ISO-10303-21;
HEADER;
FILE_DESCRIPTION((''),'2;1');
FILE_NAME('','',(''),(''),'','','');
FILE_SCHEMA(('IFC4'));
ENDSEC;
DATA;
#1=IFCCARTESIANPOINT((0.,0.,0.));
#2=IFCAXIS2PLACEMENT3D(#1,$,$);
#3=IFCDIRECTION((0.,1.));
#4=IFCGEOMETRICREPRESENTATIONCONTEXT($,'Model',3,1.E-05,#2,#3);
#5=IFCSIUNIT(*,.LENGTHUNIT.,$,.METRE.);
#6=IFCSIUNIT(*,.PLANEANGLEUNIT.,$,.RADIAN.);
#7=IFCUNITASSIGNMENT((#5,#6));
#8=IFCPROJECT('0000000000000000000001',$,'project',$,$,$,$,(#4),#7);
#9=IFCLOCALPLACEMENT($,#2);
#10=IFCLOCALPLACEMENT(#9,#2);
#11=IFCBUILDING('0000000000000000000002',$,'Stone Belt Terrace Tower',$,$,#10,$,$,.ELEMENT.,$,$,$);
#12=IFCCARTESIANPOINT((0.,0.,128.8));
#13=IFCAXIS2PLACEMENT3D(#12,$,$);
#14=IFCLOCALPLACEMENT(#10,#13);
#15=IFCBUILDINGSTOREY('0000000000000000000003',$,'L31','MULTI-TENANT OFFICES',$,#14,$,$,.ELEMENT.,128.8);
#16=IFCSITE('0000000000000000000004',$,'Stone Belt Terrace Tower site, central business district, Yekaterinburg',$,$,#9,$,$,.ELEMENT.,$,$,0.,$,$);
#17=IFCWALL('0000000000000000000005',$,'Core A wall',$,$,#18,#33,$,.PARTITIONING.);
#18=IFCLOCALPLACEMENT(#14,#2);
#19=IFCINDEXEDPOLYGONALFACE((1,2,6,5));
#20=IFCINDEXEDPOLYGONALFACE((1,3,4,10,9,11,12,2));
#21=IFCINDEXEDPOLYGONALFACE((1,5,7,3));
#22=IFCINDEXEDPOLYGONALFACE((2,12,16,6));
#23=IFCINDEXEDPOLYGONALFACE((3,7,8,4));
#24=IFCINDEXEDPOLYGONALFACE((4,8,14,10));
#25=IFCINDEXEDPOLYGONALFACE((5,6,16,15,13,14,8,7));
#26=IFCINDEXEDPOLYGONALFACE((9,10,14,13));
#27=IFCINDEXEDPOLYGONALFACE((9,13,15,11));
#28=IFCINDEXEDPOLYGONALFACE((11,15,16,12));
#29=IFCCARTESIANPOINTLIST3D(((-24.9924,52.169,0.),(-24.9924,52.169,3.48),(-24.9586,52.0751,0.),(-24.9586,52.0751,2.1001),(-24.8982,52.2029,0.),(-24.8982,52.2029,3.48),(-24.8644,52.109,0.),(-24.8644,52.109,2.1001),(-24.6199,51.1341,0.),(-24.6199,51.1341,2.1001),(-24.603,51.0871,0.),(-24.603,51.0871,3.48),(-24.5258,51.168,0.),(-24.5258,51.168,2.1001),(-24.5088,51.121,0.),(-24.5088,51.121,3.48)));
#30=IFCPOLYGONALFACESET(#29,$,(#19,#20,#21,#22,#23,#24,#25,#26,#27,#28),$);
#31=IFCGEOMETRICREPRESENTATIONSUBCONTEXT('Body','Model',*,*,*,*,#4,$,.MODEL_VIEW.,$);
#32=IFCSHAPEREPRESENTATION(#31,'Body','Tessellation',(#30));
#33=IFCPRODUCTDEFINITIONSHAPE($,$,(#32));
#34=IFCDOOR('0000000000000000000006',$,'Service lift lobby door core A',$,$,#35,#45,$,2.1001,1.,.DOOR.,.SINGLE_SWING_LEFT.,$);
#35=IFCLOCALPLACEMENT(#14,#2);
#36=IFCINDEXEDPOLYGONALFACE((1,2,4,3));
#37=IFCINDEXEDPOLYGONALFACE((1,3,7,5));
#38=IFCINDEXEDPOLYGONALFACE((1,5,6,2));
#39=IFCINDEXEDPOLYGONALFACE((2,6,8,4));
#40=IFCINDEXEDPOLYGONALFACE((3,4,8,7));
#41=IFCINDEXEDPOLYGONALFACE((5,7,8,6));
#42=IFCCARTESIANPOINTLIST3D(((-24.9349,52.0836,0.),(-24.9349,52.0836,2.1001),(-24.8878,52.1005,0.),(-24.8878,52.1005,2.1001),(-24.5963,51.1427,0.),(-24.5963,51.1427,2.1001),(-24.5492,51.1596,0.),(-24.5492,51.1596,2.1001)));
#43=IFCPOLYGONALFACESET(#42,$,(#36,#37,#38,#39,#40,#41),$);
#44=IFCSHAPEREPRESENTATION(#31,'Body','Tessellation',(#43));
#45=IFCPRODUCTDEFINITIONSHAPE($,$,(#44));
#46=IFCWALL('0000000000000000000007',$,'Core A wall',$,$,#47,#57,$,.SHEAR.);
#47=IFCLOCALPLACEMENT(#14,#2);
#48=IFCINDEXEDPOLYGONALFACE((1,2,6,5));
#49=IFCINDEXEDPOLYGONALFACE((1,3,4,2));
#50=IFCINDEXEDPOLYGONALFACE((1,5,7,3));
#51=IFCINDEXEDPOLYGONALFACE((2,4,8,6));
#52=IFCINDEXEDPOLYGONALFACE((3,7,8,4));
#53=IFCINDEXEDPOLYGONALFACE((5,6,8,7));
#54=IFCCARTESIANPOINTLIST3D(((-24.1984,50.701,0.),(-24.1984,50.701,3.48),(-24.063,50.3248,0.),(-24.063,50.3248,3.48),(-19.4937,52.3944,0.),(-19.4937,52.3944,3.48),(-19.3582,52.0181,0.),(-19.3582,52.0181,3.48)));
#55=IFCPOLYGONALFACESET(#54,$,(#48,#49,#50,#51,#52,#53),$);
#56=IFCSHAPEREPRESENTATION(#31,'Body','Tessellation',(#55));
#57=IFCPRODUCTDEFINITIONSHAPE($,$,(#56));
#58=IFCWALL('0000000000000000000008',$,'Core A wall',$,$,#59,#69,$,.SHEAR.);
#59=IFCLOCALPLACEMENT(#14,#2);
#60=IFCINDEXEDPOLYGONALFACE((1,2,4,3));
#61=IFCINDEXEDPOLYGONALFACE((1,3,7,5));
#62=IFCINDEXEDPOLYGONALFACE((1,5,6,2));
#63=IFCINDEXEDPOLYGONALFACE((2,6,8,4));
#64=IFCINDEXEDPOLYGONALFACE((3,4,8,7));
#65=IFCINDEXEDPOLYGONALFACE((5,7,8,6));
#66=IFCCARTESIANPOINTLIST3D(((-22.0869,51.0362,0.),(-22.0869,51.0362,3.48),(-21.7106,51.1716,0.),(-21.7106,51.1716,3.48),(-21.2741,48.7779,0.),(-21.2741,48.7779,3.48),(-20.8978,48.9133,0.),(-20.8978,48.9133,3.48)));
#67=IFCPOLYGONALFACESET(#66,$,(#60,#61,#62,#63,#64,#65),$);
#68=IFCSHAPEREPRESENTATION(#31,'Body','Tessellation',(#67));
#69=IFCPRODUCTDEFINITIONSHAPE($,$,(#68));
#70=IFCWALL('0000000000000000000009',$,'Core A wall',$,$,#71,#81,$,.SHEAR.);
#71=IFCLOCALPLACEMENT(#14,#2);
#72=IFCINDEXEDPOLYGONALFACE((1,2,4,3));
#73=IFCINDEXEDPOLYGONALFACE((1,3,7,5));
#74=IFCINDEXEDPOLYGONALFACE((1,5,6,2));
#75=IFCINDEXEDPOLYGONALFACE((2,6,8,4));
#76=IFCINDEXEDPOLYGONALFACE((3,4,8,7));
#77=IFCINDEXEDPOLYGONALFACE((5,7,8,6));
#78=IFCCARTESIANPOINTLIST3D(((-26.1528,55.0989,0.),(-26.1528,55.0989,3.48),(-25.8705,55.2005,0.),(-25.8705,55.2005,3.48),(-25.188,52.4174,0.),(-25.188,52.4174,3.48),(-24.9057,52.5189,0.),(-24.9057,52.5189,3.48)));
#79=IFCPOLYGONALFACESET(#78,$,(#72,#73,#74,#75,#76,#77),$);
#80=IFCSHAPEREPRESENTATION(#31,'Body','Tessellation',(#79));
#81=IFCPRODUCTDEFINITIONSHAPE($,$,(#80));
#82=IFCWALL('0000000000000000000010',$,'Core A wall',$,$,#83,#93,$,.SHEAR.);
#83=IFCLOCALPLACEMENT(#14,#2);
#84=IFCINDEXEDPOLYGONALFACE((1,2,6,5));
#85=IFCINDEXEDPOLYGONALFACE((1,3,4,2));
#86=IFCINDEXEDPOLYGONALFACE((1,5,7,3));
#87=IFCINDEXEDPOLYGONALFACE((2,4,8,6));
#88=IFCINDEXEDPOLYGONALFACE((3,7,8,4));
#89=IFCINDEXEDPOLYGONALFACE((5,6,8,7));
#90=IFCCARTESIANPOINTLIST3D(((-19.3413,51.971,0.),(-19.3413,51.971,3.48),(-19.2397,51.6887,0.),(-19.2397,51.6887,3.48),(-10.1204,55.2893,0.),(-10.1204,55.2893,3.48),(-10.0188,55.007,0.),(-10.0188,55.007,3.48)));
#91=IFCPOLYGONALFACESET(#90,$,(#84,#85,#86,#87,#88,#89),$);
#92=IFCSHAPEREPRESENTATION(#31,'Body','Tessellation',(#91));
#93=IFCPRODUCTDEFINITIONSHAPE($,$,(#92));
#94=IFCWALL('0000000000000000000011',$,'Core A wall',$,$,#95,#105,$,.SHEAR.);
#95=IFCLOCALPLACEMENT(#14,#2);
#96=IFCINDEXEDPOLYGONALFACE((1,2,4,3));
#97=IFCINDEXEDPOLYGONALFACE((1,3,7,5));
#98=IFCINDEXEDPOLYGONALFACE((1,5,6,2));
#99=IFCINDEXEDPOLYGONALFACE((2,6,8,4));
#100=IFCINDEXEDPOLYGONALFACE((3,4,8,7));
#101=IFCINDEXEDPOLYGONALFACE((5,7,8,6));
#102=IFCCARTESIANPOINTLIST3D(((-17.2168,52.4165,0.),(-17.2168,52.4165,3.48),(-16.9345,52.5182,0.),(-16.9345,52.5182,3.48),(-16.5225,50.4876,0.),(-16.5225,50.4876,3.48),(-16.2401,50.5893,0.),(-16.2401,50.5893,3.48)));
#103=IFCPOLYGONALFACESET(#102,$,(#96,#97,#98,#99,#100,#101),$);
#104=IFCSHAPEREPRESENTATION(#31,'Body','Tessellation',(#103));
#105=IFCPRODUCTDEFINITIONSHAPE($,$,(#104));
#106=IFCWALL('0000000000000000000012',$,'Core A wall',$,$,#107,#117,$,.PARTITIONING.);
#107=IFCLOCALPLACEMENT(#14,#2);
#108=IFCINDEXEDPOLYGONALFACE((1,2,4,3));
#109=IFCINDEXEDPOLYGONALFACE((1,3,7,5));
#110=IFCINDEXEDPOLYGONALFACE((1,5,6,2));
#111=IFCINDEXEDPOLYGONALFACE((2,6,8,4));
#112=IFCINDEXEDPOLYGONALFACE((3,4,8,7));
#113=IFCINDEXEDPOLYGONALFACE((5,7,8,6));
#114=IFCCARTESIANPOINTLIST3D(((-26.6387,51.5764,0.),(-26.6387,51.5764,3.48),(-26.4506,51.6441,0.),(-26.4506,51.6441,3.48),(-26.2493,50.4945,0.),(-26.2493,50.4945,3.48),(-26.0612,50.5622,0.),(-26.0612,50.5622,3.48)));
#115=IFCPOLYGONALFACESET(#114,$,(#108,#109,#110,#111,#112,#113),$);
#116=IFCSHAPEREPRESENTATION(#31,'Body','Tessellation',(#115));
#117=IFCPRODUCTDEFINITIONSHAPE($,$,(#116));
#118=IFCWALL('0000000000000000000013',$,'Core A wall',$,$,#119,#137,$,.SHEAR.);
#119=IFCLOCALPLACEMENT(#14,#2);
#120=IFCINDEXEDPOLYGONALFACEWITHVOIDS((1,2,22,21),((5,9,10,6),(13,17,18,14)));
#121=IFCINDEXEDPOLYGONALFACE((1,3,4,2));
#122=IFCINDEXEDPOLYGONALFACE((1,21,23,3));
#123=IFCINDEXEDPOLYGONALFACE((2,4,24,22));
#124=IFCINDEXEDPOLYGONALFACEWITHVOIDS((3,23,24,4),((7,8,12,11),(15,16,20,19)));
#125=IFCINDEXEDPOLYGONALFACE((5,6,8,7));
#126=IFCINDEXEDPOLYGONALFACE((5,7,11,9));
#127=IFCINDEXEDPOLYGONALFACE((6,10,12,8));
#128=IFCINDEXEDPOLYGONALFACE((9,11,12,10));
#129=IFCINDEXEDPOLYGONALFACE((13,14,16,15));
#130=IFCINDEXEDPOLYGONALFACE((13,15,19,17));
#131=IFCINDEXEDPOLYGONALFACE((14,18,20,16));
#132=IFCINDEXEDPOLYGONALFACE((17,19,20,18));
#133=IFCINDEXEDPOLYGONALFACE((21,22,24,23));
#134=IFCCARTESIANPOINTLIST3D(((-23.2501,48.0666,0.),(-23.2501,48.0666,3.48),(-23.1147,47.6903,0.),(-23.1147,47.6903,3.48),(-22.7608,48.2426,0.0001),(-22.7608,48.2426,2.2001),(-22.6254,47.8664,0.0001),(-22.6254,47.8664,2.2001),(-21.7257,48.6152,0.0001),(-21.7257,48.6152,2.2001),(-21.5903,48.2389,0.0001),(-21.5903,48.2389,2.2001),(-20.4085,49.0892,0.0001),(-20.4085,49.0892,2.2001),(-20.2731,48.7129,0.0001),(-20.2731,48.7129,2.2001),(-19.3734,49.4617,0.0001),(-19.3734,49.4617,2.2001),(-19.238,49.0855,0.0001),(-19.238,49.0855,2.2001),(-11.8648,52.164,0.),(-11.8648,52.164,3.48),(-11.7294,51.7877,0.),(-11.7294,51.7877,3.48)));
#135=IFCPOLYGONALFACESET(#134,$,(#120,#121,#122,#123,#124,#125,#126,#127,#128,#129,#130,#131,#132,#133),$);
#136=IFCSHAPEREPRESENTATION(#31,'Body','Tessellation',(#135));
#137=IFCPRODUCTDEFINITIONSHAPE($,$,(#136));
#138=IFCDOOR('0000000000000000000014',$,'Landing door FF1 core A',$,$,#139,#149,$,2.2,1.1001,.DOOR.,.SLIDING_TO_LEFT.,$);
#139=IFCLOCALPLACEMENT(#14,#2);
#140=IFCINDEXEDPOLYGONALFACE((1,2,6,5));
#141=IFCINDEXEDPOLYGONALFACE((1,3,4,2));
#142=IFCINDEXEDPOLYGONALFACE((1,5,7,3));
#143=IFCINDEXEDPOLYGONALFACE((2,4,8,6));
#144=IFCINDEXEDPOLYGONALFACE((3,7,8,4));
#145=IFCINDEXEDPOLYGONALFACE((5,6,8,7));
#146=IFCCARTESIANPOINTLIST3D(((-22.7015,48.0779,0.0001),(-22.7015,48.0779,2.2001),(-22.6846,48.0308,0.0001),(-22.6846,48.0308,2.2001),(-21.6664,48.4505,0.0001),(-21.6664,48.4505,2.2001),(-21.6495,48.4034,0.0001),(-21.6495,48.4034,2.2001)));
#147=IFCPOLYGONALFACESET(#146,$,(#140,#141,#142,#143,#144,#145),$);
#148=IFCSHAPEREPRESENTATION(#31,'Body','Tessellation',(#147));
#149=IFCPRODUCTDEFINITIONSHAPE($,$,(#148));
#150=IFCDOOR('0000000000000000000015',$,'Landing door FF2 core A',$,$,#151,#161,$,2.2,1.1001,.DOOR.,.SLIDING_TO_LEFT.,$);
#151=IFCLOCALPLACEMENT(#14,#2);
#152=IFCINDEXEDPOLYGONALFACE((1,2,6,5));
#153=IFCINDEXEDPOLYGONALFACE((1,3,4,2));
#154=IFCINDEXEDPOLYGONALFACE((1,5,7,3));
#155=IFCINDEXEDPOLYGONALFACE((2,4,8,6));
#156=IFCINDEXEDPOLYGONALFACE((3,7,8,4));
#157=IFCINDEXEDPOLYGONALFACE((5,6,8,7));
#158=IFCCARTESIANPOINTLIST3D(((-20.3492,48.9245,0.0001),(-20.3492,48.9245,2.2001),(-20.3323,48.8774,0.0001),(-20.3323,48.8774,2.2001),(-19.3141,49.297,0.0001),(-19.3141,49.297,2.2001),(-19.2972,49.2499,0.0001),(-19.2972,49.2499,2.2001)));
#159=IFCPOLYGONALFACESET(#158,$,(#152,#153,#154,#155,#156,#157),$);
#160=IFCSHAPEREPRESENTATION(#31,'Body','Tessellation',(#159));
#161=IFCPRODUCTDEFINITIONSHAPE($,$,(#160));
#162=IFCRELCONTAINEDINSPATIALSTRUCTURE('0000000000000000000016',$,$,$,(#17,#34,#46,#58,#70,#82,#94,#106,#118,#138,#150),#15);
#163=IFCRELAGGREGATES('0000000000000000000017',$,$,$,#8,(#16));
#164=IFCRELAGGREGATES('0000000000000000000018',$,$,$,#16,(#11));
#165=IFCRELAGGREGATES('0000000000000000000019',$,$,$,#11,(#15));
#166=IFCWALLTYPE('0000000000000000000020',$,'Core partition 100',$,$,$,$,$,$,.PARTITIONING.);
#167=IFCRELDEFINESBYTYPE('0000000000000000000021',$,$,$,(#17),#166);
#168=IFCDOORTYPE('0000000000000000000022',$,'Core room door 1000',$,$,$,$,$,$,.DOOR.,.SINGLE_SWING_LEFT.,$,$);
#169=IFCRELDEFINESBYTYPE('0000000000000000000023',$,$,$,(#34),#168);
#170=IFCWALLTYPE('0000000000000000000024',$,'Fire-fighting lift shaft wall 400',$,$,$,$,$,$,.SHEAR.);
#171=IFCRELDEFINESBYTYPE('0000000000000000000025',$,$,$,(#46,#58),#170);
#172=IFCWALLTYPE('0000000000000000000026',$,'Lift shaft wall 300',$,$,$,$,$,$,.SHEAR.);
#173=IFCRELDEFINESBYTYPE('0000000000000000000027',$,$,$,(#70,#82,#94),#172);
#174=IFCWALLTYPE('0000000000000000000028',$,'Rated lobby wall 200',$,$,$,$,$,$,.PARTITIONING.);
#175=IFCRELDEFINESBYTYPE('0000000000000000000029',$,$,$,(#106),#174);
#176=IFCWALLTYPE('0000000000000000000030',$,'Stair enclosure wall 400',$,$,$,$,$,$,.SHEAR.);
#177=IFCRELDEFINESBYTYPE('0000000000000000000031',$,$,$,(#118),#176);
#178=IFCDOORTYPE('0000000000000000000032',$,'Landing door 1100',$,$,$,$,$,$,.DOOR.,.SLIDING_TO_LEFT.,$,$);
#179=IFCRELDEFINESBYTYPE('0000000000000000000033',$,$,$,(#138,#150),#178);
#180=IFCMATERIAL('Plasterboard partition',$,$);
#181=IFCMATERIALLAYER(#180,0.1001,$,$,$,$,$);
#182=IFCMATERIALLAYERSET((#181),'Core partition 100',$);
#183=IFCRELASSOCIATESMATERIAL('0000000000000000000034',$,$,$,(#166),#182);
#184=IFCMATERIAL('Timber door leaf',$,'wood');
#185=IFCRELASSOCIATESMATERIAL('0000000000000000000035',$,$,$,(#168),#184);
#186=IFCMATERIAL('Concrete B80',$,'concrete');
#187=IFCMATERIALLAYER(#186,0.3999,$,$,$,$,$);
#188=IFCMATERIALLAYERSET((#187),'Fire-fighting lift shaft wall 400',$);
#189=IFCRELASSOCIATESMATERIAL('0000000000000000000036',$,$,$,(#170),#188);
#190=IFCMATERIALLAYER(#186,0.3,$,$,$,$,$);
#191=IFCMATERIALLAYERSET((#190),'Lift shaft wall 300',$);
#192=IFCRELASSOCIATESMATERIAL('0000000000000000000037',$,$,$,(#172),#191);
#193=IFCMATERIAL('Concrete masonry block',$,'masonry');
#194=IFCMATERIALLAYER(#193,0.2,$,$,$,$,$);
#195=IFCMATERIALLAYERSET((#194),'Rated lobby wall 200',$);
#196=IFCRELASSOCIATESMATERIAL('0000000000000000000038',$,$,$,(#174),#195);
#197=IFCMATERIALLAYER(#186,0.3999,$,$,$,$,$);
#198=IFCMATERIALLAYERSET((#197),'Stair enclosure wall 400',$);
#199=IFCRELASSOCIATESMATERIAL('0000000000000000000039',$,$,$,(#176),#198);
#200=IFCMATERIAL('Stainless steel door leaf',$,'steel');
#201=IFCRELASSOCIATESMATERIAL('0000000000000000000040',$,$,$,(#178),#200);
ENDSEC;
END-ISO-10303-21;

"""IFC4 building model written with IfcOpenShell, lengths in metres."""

from ifc_helpers import new_model, si_unit, direction, frame, frame_2d, origin, place, context, subcontext, project, spatial, rectangle, extrude, material, layer, layer_set, type_object, element, fill, save


model = new_model("IFC4")

# Units and contexts
model_context = context("Model", 3, precision=1e-05, world=origin(), true_north=direction((0.0, 1.0)))
body_context = subcontext(model_context, "Body", "Model", "MODEL_VIEW")
ifc_project = project(units=[si_unit("LENGTHUNIT", "METRE"), si_unit("PLANEANGLEUNIT", "RADIAN")], contexts=[model_context])

# Site, building, storey
site_placement = place(None, origin())
site = spatial("IfcSite", under=ifc_project, at=site_placement, Name="Stone Belt Terrace Tower site, central business district, Yekaterinburg", CompositionType="ELEMENT", RefElevation=0.0)
building_placement = place(site_placement, origin())
building = spatial("IfcBuilding", under=site, at=building_placement, Name="Stone Belt Terrace Tower", CompositionType="ELEMENT")
storey_placement = place(building_placement, frame((0.0, 0.0, 128.8)))
storey = spatial("IfcBuildingStorey", under=building, at=storey_placement, Name="L31", Description="MULTI-TENANT OFFICES", CompositionType="ELEMENT", Elevation=128.8)

# Wall, opening, door
ifc_material_1 = material(Name="Plasterboard partition")
ifc_layer_1 = layer(ifc_material_1, 0.1001)
ifc_layer_set_1 = layer_set([ifc_layer_1], Name="Core partition 100")
wall_type_1 = type_object("IfcWallType", Name="Core partition 100", PredefinedType="PARTITIONING", material=ifc_layer_set_1)
wall_1_placement = place(storey_placement, frame((-24.5559, 51.104, 0.0), z_axis=(0.0, 0.0, 1.0), x_axis=(-0.338622, 0.940923, 0.0)))
wall_1 = element("IfcWall", 1, at=wall_1_placement, inside=storey, type_object=wall_type_1, Name="Core A wall", PredefinedType="PARTITIONING", context=body_context, shape_type="SweptSolid", body=[
    extrude(rectangle(XDim=1.1499, YDim=0.1001, at=frame_2d((0.575, 0.0))), origin(), (0.0, 0.0, 1.0), 3.48),
])
opening_1_placement = place(wall_1_placement, frame((0.05, 0.0, 0.0)))
opening_1 = element("IfcOpeningElement", 2, at=opening_1_placement, cuts=wall_1, PredefinedType="OPENING", context=body_context, shape_type="SweptSolid", body=[
    extrude(rectangle(XDim=1.0, YDim=2.1001, at=frame_2d((0.5, 1.05))), frame((0.0, 0.0601, 0.0), z_axis=(0.0, -1.0, 0.0), x_axis=(1.0, 0.0, 0.0)), (0.0, 0.0, 1.0), 0.1201),
])
ifc_material_2 = material(Name="Timber door leaf", Category="wood")
door_type_1 = type_object("IfcDoorType", Name="Core room door 1000", OperationType="SINGLE_SWING_LEFT", PredefinedType="DOOR", material=ifc_material_2)
door_1_placement = place(opening_1_placement, origin())
door_1 = element("IfcDoor", 3, at=door_1_placement, inside=storey, type_object=door_type_1, Name="Service lift lobby door core A", OperationType="SINGLE_SWING_LEFT", OverallHeight=2.1001, OverallWidth=1.0, PredefinedType="DOOR", context=body_context, shape_type="SweptSolid", body=[
    extrude(rectangle(XDim=1.0, YDim=2.1001, at=frame_2d((0.5, 1.05))), frame((0.0, 0.0249, 0.0), z_axis=(0.0, -1.0, 0.0), x_axis=(1.0, 0.0, 0.0)), (0.0, 0.0, 1.0), 0.05),
])
fill(opening_1, door_1)

# Walls
ifc_material_3 = material(Name="Concrete B80", Category="concrete")
ifc_layer_2 = layer(ifc_material_3, 0.3999)
ifc_layer_set_2 = layer_set([ifc_layer_2], Name="Fire-fighting lift shaft wall 400")
wall_type_2 = type_object("IfcWallType", Name="Fire-fighting lift shaft wall 400", PredefinedType="SHEAR", material=ifc_layer_set_2)
wall_2_placement = place(storey_placement, frame((-24.1306, 50.5129, 0.0), z_axis=(0.0, 0.0, 1.0), x_axis=(0.940912, 0.338652, 0.0)))
element("IfcWall", 4, at=wall_2_placement, inside=storey, type_object=wall_type_2, Name="Core A wall", PredefinedType="SHEAR", context=body_context, shape_type="SweptSolid", body=[
    extrude(rectangle(XDim=5.0002, YDim=0.3999, at=frame_2d((2.5, 0.0))), origin(), (0.0, 0.0, 1.0), 3.48),
])
wall_3_placement = place(storey_placement, frame((-21.0859, 48.8455, 0.0), z_axis=(0.0, 0.0, 1.0), x_axis=(-0.338629, 0.94092, 0.0)))
element("IfcWall", 5, at=wall_3_placement, inside=storey, type_object=wall_type_2, Name="Core A wall", PredefinedType="SHEAR", context=body_context, shape_type="SweptSolid", body=[
    extrude(rectangle(XDim=2.4001, YDim=0.3999, at=frame_2d((1.2002, 0.0))), origin(), (0.0, 0.0, 1.0), 3.48),
])
ifc_layer_3 = layer(ifc_material_3, 0.3)
ifc_layer_set_3 = layer_set([ifc_layer_3], Name="Lift shaft wall 300")
wall_type_3 = type_object("IfcWallType", Name="Lift shaft wall 300", PredefinedType="SHEAR", material=ifc_layer_set_3)
wall_4_placement = place(storey_placement, frame((-25.0469, 52.4683, 0.0), z_axis=(0.0, 0.0, 1.0), x_axis=(-0.33855, 0.940949, 0.0)))
element("IfcWall", 6, at=wall_4_placement, inside=storey, type_object=wall_type_3, Name="Core A wall", PredefinedType="SHEAR", context=body_context, shape_type="SweptSolid", body=[
    extrude(rectangle(XDim=2.8499, YDim=0.3, at=frame_2d((1.4248, 0.0))), origin(), (0.0, 0.0, 1.0), 3.48),
])
wall_5_placement = place(storey_placement, frame((-19.2905, 51.8298, 0.0), z_axis=(0.0, 0.0, 1.0), x_axis=(0.940926, 0.338613, 0.0)))
element("IfcWall", 7, at=wall_5_placement, inside=storey, type_object=wall_type_3, Name="Core A wall", PredefinedType="SHEAR", context=body_context, shape_type="SweptSolid", body=[
    extrude(rectangle(XDim=9.7998, YDim=0.3, at=frame_2d((4.8999, 0.0))), origin(), (0.0, 0.0, 1.0), 3.48),
])
wall_6_placement = place(storey_placement, frame((-16.3813, 50.5386, 0.0), z_axis=(0.0, 0.0, 1.0), x_axis=(-0.338682, 0.940901, 0.0)))
element("IfcWall", 8, at=wall_6_placement, inside=storey, type_object=wall_type_3, Name="Core A wall", PredefinedType="SHEAR", context=body_context, shape_type="SweptSolid", body=[
    extrude(rectangle(XDim=2.05, YDim=0.3, at=frame_2d((1.0249, 0.0))), origin(), (0.0, 0.0, 1.0), 3.48),
])
ifc_material_4 = material(Name="Concrete masonry block", Category="masonry")
ifc_layer_4 = layer(ifc_material_4, 0.2)
ifc_layer_set_4 = layer_set([ifc_layer_4], Name="Rated lobby wall 200")
wall_type_4 = type_object("IfcWallType", Name="Rated lobby wall 200", PredefinedType="PARTITIONING", material=ifc_layer_set_4)
wall_7_placement = place(storey_placement, frame((-26.1553, 50.5283, 0.0), z_axis=(0.0, 0.0, 1.0), x_axis=(-0.338622, 0.940923, 0.0)))
element("IfcWall", 9, at=wall_7_placement, inside=storey, type_object=wall_type_4, Name="Core A wall", PredefinedType="PARTITIONING", context=body_context, shape_type="SweptSolid", body=[
    extrude(rectangle(XDim=1.1499, YDim=0.2, at=frame_2d((0.575, 0.0))), origin(), (0.0, 0.0, 1.0), 3.48),
])

# Wall, openings, doors
ifc_layer_5 = layer(ifc_material_3, 0.3999)
ifc_layer_set_5 = layer_set([ifc_layer_5], Name="Stair enclosure wall 400")
wall_type_5 = type_object("IfcWallType", Name="Stair enclosure wall 400", PredefinedType="SHEAR", material=ifc_layer_set_5)
wall_8_placement = place(storey_placement, frame((-23.1824, 47.8784, 0.0), z_axis=(0.0, 0.0, 1.0), x_axis=(0.940921, 0.338626, 0.0)))
wall_8 = element("IfcWall", 10, at=wall_8_placement, inside=storey, type_object=wall_type_5, Name="Core A wall", PredefinedType="SHEAR", context=body_context, shape_type="SweptSolid", body=[
    extrude(rectangle(XDim=12.1001, YDim=0.3999, at=frame_2d((6.05, 0.0))), origin(), (0.0, 0.0, 1.0), 3.48),
])
opening_2_placement = place(wall_8_placement, frame((0.52, 0.0, 0.0)))
opening_2 = element("IfcOpeningElement", 11, at=opening_2_placement, cuts=wall_8, PredefinedType="OPENING", context=body_context, shape_type="SweptSolid", body=[
    extrude(rectangle(XDim=1.1001, YDim=2.2, at=frame_2d((0.55, 1.1001))), frame((0.0, 0.21, 0.0), z_axis=(0.0, -1.0, 0.0), x_axis=(1.0, 0.0, 0.0)), (0.0, 0.0, 1.0), 0.4199),
])
opening_3_placement = place(wall_8_placement, frame((3.02, 0.0, 0.0)))
opening_3 = element("IfcOpeningElement", 12, at=opening_3_placement, cuts=wall_8, PredefinedType="OPENING", context=body_context, shape_type="SweptSolid", body=[
    extrude(rectangle(XDim=1.1001, YDim=2.2, at=frame_2d((0.55, 1.1001))), frame((0.0, 0.21, 0.0), z_axis=(0.0, -1.0, 0.0), x_axis=(1.0, 0.0, 0.0)), (0.0, 0.0, 1.0), 0.4199),
])
ifc_material_5 = material(Name="Stainless steel door leaf", Category="steel")
door_type_2 = type_object("IfcDoorType", Name="Landing door 1100", OperationType="SLIDING_TO_LEFT", PredefinedType="DOOR", material=ifc_material_5)
door_2_placement = place(opening_2_placement, origin())
door_2 = element("IfcDoor", 13, at=door_2_placement, inside=storey, type_object=door_type_2, Name="Landing door FF1 core A", OperationType="SLIDING_TO_LEFT", OverallHeight=2.2, OverallWidth=1.1001, PredefinedType="DOOR", context=body_context, shape_type="SweptSolid", body=[
    extrude(rectangle(XDim=1.1001, YDim=2.2, at=frame_2d((0.55, 1.1001))), frame((0.0, 0.0249, 0.0), z_axis=(0.0, -1.0, 0.0), x_axis=(1.0, 0.0, 0.0)), (0.0, 0.0, 1.0), 0.05),
])
fill(opening_2, door_2)
door_3_placement = place(opening_3_placement, origin())
door_3 = element("IfcDoor", 14, at=door_3_placement, inside=storey, type_object=door_type_2, Name="Landing door FF2 core A", OperationType="SLIDING_TO_LEFT", OverallHeight=2.2, OverallWidth=1.1001, PredefinedType="DOOR", context=body_context, shape_type="SweptSolid", body=[
    extrude(rectangle(XDim=1.1001, YDim=2.2, at=frame_2d((0.55, 1.1001))), frame((0.0, 0.0249, 0.0), z_axis=(0.0, -1.0, 0.0), x_axis=(1.0, 0.0, 0.0)), (0.0, 0.0, 1.0), 0.05),
])
fill(opening_3, door_3)

save(model, "model.ifc")
